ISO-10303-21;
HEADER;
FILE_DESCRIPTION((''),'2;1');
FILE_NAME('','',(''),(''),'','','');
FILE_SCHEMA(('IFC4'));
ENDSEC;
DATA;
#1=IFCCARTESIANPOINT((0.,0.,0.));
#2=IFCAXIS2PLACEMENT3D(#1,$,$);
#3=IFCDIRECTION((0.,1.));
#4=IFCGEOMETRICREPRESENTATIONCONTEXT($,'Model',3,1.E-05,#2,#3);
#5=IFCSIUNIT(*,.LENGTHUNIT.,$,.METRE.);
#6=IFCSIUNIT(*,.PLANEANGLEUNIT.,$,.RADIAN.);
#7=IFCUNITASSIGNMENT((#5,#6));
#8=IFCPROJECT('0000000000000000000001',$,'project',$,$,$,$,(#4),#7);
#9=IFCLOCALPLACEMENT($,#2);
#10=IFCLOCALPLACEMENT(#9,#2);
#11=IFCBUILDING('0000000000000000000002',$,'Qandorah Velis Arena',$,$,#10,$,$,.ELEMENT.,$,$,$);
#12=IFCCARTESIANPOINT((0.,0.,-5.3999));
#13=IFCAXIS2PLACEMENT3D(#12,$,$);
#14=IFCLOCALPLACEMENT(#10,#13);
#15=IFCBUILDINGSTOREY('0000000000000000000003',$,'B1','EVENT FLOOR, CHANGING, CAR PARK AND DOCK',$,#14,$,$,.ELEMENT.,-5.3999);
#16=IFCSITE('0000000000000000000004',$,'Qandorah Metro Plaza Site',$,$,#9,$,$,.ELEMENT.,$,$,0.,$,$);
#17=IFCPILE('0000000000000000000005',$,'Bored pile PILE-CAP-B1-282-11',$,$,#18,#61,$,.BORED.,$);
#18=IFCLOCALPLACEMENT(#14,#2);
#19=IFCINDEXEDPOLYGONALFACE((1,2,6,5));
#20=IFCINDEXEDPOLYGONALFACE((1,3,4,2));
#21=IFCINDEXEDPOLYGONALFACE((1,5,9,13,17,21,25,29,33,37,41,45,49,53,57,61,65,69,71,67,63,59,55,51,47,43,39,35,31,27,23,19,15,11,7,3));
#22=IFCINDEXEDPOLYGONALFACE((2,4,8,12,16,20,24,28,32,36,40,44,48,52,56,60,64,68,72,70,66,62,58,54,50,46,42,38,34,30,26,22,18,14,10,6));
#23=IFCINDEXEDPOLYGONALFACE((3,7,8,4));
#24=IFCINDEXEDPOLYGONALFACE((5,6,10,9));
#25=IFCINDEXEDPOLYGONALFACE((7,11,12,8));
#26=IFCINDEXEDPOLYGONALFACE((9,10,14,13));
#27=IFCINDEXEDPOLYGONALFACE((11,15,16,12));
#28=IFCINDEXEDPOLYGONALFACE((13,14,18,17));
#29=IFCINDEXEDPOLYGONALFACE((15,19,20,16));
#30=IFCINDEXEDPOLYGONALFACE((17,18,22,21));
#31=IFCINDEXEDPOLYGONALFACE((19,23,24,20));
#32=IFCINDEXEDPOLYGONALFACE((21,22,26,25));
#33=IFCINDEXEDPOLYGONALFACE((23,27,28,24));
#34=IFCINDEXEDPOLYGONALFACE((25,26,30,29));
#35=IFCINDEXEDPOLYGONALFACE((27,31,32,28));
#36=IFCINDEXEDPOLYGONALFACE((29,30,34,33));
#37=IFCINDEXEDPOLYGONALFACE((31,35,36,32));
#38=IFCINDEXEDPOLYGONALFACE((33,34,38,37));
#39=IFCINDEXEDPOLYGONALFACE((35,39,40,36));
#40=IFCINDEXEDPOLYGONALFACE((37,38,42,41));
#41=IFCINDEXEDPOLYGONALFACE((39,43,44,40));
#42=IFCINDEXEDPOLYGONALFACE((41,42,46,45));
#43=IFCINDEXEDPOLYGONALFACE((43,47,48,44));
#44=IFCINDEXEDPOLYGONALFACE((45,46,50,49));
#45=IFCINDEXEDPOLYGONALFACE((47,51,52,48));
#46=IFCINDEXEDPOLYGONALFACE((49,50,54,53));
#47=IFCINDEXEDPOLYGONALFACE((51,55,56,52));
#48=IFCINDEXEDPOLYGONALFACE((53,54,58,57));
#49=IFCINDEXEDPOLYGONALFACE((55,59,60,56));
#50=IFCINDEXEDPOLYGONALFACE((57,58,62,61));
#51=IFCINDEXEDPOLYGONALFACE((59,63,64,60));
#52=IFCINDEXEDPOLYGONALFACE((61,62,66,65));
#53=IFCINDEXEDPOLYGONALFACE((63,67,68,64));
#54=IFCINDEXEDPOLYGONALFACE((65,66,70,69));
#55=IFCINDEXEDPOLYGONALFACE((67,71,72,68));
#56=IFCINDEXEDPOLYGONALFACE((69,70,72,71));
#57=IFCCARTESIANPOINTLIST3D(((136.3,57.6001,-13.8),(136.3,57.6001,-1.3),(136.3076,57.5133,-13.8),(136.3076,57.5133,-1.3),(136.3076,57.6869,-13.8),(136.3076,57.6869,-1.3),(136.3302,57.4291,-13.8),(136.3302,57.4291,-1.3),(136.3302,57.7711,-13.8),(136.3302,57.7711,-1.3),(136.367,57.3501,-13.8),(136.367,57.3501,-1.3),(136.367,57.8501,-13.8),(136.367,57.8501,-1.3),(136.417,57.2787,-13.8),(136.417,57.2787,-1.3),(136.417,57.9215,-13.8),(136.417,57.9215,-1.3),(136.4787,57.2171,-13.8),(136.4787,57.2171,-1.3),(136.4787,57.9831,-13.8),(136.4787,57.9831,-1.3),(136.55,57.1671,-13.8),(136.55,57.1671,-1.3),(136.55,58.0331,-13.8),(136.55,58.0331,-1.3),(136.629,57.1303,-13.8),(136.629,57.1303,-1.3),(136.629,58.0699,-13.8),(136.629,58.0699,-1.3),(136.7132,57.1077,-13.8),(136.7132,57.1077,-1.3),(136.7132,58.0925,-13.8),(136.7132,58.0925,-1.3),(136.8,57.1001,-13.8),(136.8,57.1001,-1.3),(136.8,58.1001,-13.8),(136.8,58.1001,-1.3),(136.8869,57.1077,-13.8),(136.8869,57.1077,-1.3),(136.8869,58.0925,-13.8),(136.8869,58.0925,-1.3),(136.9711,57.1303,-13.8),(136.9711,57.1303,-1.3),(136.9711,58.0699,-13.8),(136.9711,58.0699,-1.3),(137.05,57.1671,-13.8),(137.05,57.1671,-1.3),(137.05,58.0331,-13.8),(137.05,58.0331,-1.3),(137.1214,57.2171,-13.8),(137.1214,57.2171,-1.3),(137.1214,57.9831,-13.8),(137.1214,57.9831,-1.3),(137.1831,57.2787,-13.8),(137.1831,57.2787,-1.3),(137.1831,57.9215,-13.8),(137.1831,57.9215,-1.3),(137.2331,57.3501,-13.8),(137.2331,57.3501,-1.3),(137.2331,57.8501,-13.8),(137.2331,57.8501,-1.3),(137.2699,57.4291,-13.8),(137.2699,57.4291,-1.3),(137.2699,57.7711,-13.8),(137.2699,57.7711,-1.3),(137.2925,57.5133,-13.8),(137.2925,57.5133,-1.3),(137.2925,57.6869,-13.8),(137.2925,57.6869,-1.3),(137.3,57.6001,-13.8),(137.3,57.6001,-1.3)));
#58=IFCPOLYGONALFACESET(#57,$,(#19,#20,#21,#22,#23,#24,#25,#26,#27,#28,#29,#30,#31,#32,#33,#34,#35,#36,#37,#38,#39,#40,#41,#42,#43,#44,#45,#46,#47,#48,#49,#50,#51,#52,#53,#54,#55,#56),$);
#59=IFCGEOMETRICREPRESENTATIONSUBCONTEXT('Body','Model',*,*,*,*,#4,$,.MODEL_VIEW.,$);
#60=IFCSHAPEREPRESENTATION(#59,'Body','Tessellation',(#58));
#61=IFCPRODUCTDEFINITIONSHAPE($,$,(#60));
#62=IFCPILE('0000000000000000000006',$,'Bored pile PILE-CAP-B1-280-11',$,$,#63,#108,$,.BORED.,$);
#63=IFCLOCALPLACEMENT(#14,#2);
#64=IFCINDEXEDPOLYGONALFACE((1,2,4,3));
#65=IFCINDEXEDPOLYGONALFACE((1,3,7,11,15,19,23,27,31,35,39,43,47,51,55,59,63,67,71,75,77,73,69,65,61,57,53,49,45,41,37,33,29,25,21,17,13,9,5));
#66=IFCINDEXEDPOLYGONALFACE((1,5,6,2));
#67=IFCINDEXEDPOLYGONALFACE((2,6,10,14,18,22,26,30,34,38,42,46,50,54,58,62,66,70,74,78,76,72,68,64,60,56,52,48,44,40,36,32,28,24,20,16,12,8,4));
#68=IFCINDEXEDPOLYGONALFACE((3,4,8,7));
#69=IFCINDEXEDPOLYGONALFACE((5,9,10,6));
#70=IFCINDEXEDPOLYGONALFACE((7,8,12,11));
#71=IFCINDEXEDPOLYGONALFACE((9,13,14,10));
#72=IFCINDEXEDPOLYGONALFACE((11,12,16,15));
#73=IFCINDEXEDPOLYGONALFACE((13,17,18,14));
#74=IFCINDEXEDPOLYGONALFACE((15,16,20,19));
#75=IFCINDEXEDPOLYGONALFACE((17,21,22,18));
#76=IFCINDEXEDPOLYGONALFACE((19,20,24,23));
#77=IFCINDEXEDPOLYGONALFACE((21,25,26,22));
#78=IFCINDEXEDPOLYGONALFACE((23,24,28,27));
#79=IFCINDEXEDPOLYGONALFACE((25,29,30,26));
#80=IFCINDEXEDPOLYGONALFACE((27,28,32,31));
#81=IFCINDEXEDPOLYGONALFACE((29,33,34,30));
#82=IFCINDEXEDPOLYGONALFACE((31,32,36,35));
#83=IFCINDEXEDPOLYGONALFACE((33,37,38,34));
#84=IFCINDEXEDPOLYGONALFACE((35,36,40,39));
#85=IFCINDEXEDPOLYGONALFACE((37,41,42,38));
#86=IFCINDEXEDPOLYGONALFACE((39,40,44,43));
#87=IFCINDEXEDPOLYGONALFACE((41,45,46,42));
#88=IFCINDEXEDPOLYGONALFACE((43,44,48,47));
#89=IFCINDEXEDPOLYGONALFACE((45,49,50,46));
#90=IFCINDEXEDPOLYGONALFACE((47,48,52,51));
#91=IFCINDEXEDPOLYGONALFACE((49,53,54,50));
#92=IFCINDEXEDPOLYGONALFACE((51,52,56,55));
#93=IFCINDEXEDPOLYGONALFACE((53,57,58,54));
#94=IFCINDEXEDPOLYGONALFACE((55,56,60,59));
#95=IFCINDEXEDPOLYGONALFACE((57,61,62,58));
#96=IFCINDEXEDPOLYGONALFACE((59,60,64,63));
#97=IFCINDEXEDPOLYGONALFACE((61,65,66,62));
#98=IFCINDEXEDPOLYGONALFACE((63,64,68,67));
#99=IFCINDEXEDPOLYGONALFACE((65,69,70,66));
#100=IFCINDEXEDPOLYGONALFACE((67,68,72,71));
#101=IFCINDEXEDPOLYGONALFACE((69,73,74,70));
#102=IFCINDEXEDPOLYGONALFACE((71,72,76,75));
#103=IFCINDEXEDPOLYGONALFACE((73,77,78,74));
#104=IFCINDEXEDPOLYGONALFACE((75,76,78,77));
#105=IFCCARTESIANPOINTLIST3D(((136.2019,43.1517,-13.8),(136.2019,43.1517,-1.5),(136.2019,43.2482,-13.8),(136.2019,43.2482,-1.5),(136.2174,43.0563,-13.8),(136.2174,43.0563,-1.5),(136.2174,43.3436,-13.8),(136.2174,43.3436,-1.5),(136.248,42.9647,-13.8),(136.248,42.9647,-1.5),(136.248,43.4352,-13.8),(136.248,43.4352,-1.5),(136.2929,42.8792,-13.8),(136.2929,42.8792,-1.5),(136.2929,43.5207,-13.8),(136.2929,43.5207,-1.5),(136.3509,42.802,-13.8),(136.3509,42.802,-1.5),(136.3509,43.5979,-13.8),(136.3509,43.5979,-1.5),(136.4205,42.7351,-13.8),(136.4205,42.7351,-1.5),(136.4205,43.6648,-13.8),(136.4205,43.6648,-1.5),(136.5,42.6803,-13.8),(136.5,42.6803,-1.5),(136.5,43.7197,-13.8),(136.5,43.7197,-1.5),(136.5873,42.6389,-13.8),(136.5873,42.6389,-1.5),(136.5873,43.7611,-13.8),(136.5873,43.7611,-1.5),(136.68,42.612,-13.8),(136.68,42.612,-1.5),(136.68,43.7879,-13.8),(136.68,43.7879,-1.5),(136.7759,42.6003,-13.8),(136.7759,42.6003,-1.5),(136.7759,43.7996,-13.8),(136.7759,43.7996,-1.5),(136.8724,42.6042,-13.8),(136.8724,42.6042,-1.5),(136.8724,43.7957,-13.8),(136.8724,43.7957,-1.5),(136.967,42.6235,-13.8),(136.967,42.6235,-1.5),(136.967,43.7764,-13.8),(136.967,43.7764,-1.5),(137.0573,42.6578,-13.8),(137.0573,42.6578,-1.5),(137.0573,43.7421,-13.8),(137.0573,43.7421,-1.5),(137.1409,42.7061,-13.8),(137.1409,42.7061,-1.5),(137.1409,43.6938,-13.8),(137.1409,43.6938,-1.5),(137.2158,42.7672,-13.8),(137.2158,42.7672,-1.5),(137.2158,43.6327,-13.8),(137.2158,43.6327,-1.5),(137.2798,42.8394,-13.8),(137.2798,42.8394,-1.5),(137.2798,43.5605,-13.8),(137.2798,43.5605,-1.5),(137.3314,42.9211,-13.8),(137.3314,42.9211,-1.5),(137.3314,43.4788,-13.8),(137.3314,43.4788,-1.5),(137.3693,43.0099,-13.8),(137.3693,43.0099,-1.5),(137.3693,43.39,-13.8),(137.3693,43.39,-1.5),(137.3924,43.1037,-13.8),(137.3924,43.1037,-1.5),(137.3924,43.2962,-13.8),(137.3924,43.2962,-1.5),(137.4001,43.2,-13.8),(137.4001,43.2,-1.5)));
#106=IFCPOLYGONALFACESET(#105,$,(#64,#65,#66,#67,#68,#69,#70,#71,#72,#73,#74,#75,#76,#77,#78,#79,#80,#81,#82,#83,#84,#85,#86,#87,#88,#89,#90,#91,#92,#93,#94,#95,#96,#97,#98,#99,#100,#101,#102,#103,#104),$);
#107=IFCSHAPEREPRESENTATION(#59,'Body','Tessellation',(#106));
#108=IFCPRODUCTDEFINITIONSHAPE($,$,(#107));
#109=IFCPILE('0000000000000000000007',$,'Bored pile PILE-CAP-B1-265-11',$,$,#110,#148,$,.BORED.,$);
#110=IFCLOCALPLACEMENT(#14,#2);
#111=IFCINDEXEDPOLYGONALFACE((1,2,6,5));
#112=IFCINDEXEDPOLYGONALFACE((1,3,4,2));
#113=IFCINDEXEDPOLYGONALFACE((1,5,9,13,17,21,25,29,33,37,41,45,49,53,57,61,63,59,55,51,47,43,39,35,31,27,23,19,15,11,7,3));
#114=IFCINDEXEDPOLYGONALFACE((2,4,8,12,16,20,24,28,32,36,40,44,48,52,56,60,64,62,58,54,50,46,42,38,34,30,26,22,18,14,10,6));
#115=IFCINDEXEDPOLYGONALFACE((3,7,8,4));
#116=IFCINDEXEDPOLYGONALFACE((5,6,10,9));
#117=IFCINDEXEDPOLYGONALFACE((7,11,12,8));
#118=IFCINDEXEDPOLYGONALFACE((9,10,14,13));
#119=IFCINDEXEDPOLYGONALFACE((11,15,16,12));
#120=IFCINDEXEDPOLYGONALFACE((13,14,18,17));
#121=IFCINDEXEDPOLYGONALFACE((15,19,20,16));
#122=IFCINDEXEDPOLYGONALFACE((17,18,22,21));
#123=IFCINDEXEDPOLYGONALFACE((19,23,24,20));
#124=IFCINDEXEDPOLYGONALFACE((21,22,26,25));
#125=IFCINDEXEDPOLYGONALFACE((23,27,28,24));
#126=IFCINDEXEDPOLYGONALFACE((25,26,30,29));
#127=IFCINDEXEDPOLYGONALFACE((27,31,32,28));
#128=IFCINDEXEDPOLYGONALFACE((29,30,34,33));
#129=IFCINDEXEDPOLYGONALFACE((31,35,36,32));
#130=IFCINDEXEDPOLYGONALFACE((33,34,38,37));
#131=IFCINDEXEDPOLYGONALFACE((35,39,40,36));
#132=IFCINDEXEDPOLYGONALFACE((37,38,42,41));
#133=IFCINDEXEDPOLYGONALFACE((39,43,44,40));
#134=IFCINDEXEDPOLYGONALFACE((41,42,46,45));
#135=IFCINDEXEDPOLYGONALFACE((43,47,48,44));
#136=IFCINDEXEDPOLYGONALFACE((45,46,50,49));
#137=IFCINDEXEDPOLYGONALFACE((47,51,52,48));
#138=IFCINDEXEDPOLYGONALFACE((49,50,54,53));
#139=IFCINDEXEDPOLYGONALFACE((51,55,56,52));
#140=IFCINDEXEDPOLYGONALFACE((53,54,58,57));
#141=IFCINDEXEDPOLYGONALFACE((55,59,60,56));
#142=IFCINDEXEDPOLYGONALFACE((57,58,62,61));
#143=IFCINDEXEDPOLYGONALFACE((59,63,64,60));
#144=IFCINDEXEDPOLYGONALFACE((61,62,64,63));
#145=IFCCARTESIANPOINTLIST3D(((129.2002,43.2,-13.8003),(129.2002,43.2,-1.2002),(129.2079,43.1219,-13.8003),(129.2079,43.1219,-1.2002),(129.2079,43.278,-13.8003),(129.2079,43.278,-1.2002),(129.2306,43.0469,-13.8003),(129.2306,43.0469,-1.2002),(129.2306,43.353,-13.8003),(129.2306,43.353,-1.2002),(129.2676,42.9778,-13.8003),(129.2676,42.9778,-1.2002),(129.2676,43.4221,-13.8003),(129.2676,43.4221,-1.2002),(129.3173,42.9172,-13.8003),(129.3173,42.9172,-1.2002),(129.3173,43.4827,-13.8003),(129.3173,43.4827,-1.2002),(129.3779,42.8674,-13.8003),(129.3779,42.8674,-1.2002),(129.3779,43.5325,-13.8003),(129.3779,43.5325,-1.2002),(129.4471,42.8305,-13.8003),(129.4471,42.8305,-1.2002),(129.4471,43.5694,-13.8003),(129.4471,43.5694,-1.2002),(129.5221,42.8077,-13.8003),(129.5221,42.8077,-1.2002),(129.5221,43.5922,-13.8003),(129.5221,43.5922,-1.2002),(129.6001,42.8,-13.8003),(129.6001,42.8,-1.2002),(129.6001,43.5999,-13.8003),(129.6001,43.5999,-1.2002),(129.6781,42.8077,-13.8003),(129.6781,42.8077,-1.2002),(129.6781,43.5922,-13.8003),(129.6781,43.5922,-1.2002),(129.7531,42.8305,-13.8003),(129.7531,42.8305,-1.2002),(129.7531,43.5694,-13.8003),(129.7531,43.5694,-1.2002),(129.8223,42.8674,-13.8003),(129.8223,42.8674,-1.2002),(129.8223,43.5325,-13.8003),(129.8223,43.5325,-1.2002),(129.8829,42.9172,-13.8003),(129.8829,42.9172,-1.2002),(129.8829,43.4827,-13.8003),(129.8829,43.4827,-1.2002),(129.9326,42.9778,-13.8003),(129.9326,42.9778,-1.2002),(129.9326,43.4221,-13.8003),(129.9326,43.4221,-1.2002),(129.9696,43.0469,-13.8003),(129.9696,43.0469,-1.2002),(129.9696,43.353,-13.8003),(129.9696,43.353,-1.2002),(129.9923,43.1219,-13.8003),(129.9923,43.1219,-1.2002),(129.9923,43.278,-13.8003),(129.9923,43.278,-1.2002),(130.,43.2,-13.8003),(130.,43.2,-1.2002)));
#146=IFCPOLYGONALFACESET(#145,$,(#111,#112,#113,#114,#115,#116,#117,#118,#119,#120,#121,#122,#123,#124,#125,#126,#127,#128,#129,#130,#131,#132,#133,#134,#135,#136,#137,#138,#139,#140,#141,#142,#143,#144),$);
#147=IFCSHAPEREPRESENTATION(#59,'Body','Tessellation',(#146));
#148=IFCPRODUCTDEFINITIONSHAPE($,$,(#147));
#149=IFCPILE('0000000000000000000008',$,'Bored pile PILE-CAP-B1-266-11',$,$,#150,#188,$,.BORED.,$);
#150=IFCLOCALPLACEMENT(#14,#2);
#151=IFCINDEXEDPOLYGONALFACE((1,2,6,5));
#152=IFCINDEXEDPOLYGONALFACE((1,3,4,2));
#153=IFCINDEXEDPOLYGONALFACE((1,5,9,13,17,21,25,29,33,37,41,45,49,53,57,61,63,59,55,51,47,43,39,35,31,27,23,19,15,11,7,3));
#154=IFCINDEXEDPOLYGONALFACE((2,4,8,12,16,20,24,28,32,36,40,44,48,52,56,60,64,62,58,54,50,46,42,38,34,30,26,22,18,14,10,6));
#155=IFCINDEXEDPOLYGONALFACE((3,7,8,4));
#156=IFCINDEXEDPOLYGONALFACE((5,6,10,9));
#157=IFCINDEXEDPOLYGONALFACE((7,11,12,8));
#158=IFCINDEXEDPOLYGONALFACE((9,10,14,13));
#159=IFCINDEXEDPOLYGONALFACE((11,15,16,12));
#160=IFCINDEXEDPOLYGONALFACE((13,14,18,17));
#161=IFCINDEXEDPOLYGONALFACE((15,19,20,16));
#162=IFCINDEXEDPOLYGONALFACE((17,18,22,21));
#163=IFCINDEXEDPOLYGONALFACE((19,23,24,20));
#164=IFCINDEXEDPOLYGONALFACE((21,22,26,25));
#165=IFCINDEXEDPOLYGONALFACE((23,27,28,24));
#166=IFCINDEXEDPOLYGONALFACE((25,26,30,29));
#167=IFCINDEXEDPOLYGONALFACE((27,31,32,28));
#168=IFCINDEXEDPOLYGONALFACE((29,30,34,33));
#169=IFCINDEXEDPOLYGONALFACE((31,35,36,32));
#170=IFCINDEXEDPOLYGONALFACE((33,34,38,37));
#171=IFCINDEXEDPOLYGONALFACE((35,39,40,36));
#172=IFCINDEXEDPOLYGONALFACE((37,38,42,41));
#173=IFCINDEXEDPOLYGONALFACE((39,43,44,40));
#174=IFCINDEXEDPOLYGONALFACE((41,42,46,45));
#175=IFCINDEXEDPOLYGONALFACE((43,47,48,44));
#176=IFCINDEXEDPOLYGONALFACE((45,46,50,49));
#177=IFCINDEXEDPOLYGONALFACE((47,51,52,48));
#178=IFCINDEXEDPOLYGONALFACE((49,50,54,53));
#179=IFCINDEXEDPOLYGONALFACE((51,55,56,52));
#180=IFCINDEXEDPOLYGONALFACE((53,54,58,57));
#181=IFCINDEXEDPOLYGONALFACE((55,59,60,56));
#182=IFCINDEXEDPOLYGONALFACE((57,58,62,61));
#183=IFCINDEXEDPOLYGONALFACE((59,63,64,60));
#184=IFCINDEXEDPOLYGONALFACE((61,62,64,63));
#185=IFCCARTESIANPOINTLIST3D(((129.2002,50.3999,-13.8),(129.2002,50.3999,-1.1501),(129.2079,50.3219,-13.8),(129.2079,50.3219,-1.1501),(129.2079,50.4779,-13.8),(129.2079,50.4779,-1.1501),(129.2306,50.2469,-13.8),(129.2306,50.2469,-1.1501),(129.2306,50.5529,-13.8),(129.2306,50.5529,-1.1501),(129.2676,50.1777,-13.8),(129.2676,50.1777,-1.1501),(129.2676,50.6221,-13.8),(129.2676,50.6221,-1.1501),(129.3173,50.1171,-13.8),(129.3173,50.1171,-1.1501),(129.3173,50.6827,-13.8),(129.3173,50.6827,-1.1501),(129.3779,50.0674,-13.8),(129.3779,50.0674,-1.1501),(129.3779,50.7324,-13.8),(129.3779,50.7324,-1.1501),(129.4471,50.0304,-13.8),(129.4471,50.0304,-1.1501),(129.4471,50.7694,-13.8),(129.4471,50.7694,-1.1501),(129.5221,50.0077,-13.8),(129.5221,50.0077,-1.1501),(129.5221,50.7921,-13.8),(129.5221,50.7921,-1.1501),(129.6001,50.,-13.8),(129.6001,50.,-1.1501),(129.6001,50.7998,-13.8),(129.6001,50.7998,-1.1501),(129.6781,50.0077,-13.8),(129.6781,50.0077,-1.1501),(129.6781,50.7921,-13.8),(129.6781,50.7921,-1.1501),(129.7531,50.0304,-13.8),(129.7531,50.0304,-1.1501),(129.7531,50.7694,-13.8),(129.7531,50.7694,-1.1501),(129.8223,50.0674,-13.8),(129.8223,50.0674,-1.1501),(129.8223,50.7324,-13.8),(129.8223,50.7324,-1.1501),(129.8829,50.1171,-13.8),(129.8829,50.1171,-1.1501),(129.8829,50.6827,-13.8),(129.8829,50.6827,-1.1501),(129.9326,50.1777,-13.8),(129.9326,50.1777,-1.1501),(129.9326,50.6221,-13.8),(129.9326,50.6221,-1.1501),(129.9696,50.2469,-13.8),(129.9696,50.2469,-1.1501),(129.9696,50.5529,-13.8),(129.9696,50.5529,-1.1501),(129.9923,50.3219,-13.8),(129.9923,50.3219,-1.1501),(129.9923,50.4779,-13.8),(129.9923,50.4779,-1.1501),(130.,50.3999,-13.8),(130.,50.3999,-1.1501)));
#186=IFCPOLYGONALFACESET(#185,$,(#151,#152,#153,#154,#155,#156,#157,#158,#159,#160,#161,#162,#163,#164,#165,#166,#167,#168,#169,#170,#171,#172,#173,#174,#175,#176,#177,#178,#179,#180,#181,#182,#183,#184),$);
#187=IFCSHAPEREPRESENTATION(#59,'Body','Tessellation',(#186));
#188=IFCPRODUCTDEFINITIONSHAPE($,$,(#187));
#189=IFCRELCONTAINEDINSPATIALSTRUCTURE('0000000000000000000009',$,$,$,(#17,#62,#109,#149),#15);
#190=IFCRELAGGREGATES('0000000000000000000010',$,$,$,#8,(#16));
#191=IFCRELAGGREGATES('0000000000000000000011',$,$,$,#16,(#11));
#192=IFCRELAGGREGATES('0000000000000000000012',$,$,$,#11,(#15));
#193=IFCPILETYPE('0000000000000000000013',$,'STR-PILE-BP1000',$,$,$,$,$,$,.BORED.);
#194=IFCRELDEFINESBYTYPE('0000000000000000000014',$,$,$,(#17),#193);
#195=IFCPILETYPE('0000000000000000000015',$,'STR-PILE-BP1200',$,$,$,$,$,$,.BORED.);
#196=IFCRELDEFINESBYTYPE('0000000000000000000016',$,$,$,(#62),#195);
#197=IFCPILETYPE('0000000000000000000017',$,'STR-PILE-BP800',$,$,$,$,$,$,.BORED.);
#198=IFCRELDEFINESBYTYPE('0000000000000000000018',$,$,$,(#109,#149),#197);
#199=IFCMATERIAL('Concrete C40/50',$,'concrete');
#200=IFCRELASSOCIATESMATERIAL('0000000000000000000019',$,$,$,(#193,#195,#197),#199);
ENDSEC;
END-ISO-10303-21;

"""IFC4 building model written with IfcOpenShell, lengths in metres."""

from ifc_helpers import new_model, si_unit, direction, frame, origin, origin_2d, place, context, subcontext, project, spatial, circle, extrude, material, material_profile, profile_set, type_object, element, save


model = new_model("IFC4")

# Units and contexts
model_context = context("Model", 3, precision=1e-05, world=origin(), true_north=direction((0.0, 1.0)))
body_context = subcontext(model_context, "Body", "Model", "MODEL_VIEW")
ifc_project = project(units=[si_unit("LENGTHUNIT", "METRE"), si_unit("PLANEANGLEUNIT", "RADIAN")], contexts=[model_context])

# Site, building, storey
site_placement = place(None, origin())
site = spatial("IfcSite", under=ifc_project, at=site_placement, Name="Qandorah Metro Plaza Site", CompositionType="ELEMENT", RefElevation=0.0)
building_placement = place(site_placement, origin())
building = spatial("IfcBuilding", under=site, at=building_placement, Name="Qandorah Velis Arena", CompositionType="ELEMENT")
storey_placement = place(building_placement, frame((0.0, 0.0, -5.3999)))
storey = spatial("IfcBuildingStorey", under=building, at=storey_placement, Name="B1", Description="EVENT FLOOR, CHANGING, CAR PARK AND DOCK", CompositionType="ELEMENT", Elevation=-5.3999)

# Shared definitions
ifc_material = material(Name="Concrete C40/50", Category="concrete")

# Piles
ifc_material_profile_1 = material_profile(ifc_material, circle(Radius=0.5, at=origin_2d()), Name="BORED PILE D1000")
ifc_profile_set_1 = profile_set([ifc_material_profile_1], Name="Concrete C40/50")
pile_type_1 = type_object("IfcPileType", Name="STR-PILE-BP1000", PredefinedType="BORED", material=ifc_profile_set_1)
pile_1_placement = place(storey_placement, frame((136.8, 57.6001, -1.3), z_axis=(0.0, 0.0, -1.0), x_axis=(1.0, 0.0, 0.0)))
element("IfcPile", 1, at=pile_1_placement, inside=storey, type_object=pile_type_1, Name="Bored pile PILE-CAP-B1-282-11", PredefinedType="BORED", context=body_context, shape_type="SweptSolid", body=[
    extrude(circle(Radius=0.5, at=origin_2d()), origin(), (0.0, 0.0, 1.0), 12.5),
])
ifc_material_profile_2 = material_profile(ifc_material, circle(Radius=0.6001, at=origin_2d()), Name="BORED PILE D1200")
ifc_profile_set_2 = profile_set([ifc_material_profile_2], Name="Concrete C40/50")
pile_type_2 = type_object("IfcPileType", Name="STR-PILE-BP1200", PredefinedType="BORED", material=ifc_profile_set_2)
pile_2_placement = place(storey_placement, frame((136.8, 43.2, -1.5), z_axis=(0.0, 0.0, -1.0), x_axis=(1.0, 0.0, 0.0)))
element("IfcPile", 2, at=pile_2_placement, inside=storey, type_object=pile_type_2, Name="Bored pile PILE-CAP-B1-280-11", PredefinedType="BORED", context=body_context, shape_type="SweptSolid", body=[
    extrude(circle(Radius=0.6001, at=origin_2d()), origin(), (0.0, 0.0, 1.0), 12.3),
])
ifc_material_profile_3 = material_profile(ifc_material, circle(Radius=0.3999, at=origin_2d()), Name="BORED PILE D800")
ifc_profile_set_3 = profile_set([ifc_material_profile_3], Name="Concrete C40/50")
pile_type_3 = type_object("IfcPileType", Name="STR-PILE-BP800", PredefinedType="BORED", material=ifc_profile_set_3)
pile_3_placement = place(storey_placement, frame((129.6001, 43.2, -1.2002), z_axis=(0.0, 0.0, -1.0), x_axis=(1.0, 0.0, 0.0)))
element("IfcPile", 3, at=pile_3_placement, inside=storey, type_object=pile_type_3, Name="Bored pile PILE-CAP-B1-265-11", PredefinedType="BORED", context=body_context, shape_type="SweptSolid", body=[
    extrude(circle(Radius=0.3999, at=origin_2d()), origin(), (0.0, 0.0, 1.0), 12.6001),
])
pile_4_placement = place(storey_placement, frame((129.6001, 50.3999, -1.1501), z_axis=(0.0, 0.0, -1.0), x_axis=(1.0, 0.0, 0.0)))
element("IfcPile", 4, at=pile_4_placement, inside=storey, type_object=pile_type_3, Name="Bored pile PILE-CAP-B1-266-11", PredefinedType="BORED", context=body_context, shape_type="SweptSolid", body=[
    extrude(circle(Radius=0.3999, at=origin_2d()), origin(), (0.0, 0.0, 1.0), 12.6499),
])

save(model, "model.ifc")
